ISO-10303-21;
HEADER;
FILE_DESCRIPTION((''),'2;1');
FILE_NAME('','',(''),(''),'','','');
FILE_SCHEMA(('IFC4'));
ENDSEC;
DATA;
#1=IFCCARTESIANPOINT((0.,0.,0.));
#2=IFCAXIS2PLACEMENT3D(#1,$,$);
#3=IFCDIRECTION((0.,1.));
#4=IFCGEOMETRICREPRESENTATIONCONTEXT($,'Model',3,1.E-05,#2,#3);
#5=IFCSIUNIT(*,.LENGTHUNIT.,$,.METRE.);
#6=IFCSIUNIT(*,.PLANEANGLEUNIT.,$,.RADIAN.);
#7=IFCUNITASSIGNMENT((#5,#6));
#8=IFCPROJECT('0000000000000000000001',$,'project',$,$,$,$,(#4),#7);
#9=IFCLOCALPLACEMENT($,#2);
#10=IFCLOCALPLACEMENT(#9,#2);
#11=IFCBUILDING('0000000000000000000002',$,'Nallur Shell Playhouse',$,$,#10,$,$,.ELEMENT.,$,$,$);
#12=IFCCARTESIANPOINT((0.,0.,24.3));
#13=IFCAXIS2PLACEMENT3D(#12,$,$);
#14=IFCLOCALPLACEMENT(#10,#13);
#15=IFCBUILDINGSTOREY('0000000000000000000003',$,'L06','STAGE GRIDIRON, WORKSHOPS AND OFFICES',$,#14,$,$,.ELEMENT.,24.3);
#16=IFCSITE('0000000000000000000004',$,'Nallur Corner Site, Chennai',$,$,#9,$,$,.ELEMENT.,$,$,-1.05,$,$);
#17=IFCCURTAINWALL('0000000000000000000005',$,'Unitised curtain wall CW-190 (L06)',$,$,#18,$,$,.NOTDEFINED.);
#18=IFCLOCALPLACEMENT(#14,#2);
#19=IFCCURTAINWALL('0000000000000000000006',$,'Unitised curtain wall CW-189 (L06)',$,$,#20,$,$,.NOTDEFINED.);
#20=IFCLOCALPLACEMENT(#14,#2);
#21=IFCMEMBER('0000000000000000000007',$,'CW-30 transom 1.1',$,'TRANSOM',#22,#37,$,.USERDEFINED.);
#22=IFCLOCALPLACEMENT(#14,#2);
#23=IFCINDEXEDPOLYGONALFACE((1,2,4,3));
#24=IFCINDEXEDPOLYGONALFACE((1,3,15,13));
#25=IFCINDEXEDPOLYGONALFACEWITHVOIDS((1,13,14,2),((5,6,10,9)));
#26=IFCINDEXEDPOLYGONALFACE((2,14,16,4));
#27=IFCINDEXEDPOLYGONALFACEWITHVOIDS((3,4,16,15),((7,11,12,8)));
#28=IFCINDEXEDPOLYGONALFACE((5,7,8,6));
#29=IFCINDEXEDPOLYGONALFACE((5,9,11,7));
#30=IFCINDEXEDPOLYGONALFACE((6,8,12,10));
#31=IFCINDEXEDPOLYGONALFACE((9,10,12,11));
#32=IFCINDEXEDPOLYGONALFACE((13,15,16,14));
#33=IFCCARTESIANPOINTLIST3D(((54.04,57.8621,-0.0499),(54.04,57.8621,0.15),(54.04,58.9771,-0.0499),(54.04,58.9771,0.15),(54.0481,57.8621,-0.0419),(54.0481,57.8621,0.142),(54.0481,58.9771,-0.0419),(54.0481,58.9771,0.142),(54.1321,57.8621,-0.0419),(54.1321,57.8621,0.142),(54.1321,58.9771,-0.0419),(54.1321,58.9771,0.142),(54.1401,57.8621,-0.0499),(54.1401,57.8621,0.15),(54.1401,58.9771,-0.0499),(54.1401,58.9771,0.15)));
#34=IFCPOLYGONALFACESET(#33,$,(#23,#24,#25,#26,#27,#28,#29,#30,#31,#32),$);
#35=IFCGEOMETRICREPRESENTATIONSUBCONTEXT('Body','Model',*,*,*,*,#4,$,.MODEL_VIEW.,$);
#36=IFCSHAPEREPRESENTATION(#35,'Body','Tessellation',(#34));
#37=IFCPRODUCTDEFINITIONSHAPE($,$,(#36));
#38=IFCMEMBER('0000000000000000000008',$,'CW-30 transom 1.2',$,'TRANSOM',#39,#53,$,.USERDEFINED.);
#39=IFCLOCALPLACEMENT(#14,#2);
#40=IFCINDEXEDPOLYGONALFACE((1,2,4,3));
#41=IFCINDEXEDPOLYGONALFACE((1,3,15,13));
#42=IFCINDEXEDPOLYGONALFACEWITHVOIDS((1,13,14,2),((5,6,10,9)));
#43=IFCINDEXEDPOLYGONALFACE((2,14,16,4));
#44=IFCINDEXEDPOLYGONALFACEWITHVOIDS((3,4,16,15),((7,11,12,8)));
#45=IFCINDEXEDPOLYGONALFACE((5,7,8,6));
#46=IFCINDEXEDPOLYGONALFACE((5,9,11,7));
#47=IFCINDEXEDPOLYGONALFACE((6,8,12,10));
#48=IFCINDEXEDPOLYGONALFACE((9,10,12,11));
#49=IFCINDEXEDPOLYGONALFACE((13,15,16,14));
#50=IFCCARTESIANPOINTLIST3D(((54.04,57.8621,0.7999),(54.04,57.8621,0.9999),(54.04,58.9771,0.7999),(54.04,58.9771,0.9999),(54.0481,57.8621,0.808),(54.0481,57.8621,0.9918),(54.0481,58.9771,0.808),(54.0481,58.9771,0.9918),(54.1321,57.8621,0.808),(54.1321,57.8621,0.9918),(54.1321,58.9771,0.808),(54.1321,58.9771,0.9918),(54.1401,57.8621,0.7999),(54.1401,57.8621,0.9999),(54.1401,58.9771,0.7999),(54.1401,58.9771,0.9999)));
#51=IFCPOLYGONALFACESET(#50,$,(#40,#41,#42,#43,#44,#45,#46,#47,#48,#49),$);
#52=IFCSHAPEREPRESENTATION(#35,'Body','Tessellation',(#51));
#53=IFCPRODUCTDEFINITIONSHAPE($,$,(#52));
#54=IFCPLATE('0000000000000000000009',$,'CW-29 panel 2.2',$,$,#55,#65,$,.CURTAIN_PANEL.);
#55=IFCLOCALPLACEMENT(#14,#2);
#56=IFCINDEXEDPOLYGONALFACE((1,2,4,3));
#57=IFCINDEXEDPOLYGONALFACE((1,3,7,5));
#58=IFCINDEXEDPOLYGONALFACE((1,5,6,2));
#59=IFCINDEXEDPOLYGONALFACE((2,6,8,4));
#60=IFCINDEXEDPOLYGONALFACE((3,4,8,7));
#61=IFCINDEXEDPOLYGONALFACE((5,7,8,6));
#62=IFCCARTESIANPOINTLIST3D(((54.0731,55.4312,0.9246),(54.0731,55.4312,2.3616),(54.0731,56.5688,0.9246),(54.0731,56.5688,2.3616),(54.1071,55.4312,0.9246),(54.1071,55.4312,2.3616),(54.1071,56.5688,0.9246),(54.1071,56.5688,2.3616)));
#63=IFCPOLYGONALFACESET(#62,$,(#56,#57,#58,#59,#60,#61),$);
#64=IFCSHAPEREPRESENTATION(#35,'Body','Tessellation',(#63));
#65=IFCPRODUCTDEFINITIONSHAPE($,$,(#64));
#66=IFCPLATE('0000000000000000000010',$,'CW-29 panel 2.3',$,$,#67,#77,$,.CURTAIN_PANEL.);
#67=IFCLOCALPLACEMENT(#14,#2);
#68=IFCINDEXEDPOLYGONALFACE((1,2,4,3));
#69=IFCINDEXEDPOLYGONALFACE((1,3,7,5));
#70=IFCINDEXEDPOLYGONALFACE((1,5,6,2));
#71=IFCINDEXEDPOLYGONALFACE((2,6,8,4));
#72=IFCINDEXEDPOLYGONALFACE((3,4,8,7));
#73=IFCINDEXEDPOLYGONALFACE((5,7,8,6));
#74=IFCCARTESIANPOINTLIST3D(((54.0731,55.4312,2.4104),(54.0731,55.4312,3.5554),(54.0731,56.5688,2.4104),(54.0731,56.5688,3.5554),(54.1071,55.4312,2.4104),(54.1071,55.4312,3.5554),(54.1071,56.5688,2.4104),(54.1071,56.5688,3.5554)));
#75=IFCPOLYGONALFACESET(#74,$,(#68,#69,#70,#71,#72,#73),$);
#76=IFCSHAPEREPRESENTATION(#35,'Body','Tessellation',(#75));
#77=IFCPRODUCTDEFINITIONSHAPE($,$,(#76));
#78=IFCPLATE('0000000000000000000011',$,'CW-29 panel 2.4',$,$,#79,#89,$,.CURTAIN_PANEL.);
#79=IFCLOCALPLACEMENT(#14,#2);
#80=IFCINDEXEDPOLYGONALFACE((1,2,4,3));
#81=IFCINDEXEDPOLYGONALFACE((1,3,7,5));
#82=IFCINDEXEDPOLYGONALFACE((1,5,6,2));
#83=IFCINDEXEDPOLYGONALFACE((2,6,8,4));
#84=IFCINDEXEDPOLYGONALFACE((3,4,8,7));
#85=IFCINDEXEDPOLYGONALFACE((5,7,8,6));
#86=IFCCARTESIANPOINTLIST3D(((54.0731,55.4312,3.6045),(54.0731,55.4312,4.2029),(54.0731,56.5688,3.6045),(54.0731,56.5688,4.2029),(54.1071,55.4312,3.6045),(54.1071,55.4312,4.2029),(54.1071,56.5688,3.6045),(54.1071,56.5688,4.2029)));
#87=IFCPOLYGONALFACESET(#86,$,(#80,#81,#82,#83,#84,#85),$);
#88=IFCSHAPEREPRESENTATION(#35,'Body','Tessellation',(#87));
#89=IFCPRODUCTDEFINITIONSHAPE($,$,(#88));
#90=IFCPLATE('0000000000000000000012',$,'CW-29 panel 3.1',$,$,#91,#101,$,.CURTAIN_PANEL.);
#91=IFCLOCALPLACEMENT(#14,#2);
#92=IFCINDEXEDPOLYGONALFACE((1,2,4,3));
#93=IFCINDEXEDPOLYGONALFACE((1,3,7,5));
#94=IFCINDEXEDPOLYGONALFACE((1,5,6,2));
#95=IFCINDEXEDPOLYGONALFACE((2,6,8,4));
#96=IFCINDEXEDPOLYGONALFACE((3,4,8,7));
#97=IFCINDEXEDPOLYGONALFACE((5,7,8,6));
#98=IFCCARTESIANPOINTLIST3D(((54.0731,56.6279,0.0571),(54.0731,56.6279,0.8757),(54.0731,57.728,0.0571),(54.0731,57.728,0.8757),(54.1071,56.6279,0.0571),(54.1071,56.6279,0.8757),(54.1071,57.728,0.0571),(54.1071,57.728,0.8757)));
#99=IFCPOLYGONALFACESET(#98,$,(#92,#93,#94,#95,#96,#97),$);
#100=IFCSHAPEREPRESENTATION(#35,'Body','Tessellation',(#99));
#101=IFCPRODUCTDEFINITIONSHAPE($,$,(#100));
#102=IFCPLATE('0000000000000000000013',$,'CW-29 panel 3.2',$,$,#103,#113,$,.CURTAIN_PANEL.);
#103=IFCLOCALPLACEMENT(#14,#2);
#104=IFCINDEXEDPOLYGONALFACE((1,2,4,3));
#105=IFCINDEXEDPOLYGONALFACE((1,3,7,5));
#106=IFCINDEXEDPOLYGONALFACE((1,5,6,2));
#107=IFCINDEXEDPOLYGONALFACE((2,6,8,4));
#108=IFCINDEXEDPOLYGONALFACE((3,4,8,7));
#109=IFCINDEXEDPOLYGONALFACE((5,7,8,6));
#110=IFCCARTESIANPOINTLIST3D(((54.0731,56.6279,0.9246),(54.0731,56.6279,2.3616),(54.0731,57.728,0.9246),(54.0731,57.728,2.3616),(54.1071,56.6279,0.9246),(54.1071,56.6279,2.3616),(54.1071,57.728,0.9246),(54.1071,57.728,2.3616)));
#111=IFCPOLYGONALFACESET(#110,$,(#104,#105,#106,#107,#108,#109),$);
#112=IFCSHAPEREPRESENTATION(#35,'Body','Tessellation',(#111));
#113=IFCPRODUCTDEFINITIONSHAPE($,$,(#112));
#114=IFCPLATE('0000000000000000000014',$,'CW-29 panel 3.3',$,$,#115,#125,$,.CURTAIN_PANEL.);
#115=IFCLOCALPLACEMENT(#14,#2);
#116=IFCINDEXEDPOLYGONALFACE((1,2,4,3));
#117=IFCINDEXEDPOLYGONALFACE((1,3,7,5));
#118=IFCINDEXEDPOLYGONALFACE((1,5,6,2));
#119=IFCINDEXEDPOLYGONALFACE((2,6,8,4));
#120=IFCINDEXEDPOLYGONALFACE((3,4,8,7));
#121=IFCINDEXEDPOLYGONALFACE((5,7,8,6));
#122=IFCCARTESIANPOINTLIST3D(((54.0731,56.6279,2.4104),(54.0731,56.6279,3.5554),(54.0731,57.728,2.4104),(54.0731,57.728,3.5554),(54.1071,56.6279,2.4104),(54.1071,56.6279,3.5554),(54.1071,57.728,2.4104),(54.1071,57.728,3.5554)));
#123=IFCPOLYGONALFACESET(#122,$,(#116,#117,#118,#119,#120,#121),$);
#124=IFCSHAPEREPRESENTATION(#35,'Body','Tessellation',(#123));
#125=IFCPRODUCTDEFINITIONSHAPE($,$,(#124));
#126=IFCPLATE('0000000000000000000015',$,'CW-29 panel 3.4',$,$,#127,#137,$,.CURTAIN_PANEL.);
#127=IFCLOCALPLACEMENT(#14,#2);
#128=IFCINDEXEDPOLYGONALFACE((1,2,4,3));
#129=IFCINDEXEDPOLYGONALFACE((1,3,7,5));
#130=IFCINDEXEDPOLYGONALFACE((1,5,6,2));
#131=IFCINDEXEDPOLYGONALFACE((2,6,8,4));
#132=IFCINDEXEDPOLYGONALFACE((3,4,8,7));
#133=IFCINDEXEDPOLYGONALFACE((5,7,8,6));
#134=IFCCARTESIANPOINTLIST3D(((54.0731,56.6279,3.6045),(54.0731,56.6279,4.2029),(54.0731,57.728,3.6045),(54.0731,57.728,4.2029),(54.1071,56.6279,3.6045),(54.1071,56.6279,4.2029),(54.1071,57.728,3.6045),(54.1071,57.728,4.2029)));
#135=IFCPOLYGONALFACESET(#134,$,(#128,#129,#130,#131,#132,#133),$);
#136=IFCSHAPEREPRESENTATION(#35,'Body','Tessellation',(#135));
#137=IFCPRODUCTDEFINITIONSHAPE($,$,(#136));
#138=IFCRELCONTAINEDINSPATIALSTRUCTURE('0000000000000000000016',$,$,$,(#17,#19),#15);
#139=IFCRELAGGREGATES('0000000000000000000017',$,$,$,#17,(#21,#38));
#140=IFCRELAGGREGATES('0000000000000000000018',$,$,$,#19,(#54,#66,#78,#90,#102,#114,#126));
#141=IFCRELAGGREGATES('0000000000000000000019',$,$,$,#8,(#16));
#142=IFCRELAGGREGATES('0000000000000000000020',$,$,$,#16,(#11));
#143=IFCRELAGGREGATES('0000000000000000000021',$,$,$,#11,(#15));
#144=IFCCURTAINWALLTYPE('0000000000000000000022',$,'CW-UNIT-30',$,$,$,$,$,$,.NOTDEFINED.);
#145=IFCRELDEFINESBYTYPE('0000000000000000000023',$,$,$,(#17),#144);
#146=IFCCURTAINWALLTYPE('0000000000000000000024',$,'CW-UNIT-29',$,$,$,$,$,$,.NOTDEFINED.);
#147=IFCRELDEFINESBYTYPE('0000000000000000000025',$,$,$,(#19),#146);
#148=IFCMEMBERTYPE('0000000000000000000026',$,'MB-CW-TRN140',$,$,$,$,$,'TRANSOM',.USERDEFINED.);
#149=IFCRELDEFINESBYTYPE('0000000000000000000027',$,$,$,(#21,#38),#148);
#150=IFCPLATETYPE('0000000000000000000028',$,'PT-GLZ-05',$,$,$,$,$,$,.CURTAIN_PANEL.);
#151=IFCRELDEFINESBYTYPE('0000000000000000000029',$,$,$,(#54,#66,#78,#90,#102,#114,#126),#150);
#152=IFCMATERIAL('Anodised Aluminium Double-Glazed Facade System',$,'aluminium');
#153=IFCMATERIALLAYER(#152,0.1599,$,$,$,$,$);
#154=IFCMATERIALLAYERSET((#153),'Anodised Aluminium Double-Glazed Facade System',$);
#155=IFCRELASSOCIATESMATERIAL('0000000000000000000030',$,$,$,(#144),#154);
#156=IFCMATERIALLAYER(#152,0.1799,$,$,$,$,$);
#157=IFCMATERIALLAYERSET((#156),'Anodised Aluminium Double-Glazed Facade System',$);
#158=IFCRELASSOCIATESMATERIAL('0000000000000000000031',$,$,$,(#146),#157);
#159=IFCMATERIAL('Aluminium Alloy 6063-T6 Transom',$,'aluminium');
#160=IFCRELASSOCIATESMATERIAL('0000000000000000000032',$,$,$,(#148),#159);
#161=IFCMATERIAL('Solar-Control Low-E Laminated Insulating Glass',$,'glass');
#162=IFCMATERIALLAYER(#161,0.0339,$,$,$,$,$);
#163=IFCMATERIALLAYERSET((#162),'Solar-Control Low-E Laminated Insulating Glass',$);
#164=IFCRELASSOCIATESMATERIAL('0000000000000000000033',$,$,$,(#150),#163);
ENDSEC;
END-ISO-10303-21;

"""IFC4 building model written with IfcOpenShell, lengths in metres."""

from ifc_helpers import new_model, si_unit, direction, frame, origin, origin_2d, place, context, subcontext, project, spatial, rectangle, hollow_rectangle, extrude, material, layer, layer_set, material_profile, profile_set, type_object, element, aggregate, save


model = new_model("IFC4")

# Units and contexts
model_context = context("Model", 3, precision=1e-05, world=origin(), true_north=direction((0.0, 1.0)))
body_context = subcontext(model_context, "Body", "Model", "MODEL_VIEW")
ifc_project = project(units=[si_unit("LENGTHUNIT", "METRE"), si_unit("PLANEANGLEUNIT", "RADIAN")], contexts=[model_context])

# Site, building, storey
site_placement = place(None, origin())
site = spatial("IfcSite", under=ifc_project, at=site_placement, Name="Nallur Corner Site, Chennai", CompositionType="ELEMENT", RefElevation=-1.05)
building_placement = place(site_placement, origin())
building = spatial("IfcBuilding", under=site, at=building_placement, Name="Nallur Shell Playhouse", CompositionType="ELEMENT")
storey_placement = place(building_placement, frame((0.0, 0.0, 24.3)))
storey = spatial("IfcBuildingStorey", under=building, at=storey_placement, Name="L06", Description="STAGE GRIDIRON, WORKSHOPS AND OFFICES", CompositionType="ELEMENT", Elevation=24.3)

# Curtain wall
ifc_material_1 = material(Name="Anodised Aluminium Double-Glazed Facade System", Category="aluminium")
ifc_layer_1 = layer(ifc_material_1, 0.1599)
ifc_layer_set_1 = layer_set([ifc_layer_1], Name="Anodised Aluminium Double-Glazed Facade System")
curtain_wall_type_1 = type_object("IfcCurtainWallType", Name="CW-UNIT-30", PredefinedType="NOTDEFINED", material=ifc_layer_set_1)
curtain_wall_1_placement = place(storey_placement, origin())
curtain_wall_1 = element("IfcCurtainWall", 1, at=curtain_wall_1_placement, inside=storey, type_object=curtain_wall_type_1, Name="Unitised curtain wall CW-190 (L06)", PredefinedType="NOTDEFINED")

# Curtain wall
ifc_layer_2 = layer(ifc_material_1, 0.1799)
ifc_layer_set_2 = layer_set([ifc_layer_2], Name="Anodised Aluminium Double-Glazed Facade System")
curtain_wall_type_2 = type_object("IfcCurtainWallType", Name="CW-UNIT-29", PredefinedType="NOTDEFINED", material=ifc_layer_set_2)
curtain_wall_2_placement = place(storey_placement, origin())
curtain_wall_2 = element("IfcCurtainWall", 2, at=curtain_wall_2_placement, inside=storey, type_object=curtain_wall_type_2, Name="Unitised curtain wall CW-189 (L06)", PredefinedType="NOTDEFINED")
ifc_material_2 = material(Name="Aluminium Alloy 6063-T6 Transom", Category="aluminium")

# Members
ifc_material_profile_1 = material_profile(ifc_material_2, hollow_rectangle(XDim=0.1001, YDim=0.2, WallThickness=0.0081, at=origin_2d()), Name="RHS 200x100x8")
ifc_profile_set_1 = profile_set([ifc_material_profile_1], Name="Aluminium Alloy 6063-T6 Transom")
member_type_1 = type_object("IfcMemberType", Name="MB-CW-TRN140", ElementType="TRANSOM", PredefinedType="USERDEFINED", material=ifc_profile_set_1)
member_1_placement = place(storey_placement, frame((54.0901, 57.8621, 0.05), z_axis=(0.0, 1.0, 0.0), x_axis=(-1.0, 0.0, 0.0)))
member_1 = element("IfcMember", 3, at=member_1_placement, type_object=member_type_1, Name="CW-30 transom 1.1", ObjectType="TRANSOM", PredefinedType="USERDEFINED", context=body_context, shape_type="SweptSolid", body=[
    extrude(hollow_rectangle(XDim=0.1001, YDim=0.2, WallThickness=0.0081, at=origin_2d()), origin(), (0.0, 0.0, 1.0), 1.115),
])
member_2_placement = place(storey_placement, frame((54.0901, 57.8621, 0.8999), z_axis=(0.0, 1.0, 0.0), x_axis=(-1.0, 0.0, 0.0)))
member_2 = element("IfcMember", 4, at=member_2_placement, type_object=member_type_1, Name="CW-30 transom 1.2", ObjectType="TRANSOM", PredefinedType="USERDEFINED", context=body_context, shape_type="SweptSolid", body=[
    extrude(hollow_rectangle(XDim=0.1001, YDim=0.2, WallThickness=0.0081, at=origin_2d()), origin(), (0.0, 0.0, 1.0), 1.115),
])
aggregate(curtain_wall_1, [member_1, member_2])

# Plates
ifc_material_3 = material(Name="Solar-Control Low-E Laminated Insulating Glass", Category="glass")
ifc_layer_3 = layer(ifc_material_3, 0.0339)
ifc_layer_set_3 = layer_set([ifc_layer_3], Name="Solar-Control Low-E Laminated Insulating Glass")
plate_type = type_object("IfcPlateType", Name="PT-GLZ-05", PredefinedType="CURTAIN_PANEL", material=ifc_layer_set_3)
plate_1_placement = place(storey_placement, frame((54.0901, 56.0, 0.9246), z_axis=(0.0, 0.0, 1.0), x_axis=(0.0, 1.0, 0.0)))
plate_1 = element("IfcPlate", 5, at=plate_1_placement, type_object=plate_type, Name="CW-29 panel 2.2", PredefinedType="CURTAIN_PANEL", context=body_context, shape_type="SweptSolid", body=[
    extrude(rectangle(XDim=1.1377, YDim=0.0339, at=origin_2d()), origin(), (0.0, 0.0, 1.0), 1.437),
])
plate_2_placement = place(storey_placement, frame((54.0901, 56.0, 2.4104), z_axis=(0.0, 0.0, 1.0), x_axis=(0.0, 1.0, 0.0)))
plate_2 = element("IfcPlate", 6, at=plate_2_placement, type_object=plate_type, Name="CW-29 panel 2.3", PredefinedType="CURTAIN_PANEL", context=body_context, shape_type="SweptSolid", body=[
    extrude(rectangle(XDim=1.1377, YDim=0.0339, at=origin_2d()), origin(), (0.0, 0.0, 1.0), 1.145),
])
plate_3_placement = place(storey_placement, frame((54.0901, 56.0, 3.6045), z_axis=(0.0, 0.0, 1.0), x_axis=(0.0, 1.0, 0.0)))
plate_3 = element("IfcPlate", 7, at=plate_3_placement, type_object=plate_type, Name="CW-29 panel 2.4", PredefinedType="CURTAIN_PANEL", context=body_context, shape_type="SweptSolid", body=[
    extrude(rectangle(XDim=1.1377, YDim=0.0339, at=origin_2d()), origin(), (0.0, 0.0, 1.0), 0.5984),
])
plate_4_placement = place(storey_placement, frame((54.0901, 57.178, 0.0571), z_axis=(0.0, 0.0, 1.0), x_axis=(0.0, 1.0, 0.0)))
plate_4 = element("IfcPlate", 8, at=plate_4_placement, type_object=plate_type, Name="CW-29 panel 3.1", PredefinedType="CURTAIN_PANEL", context=body_context, shape_type="SweptSolid", body=[
    extrude(rectangle(XDim=1.1001, YDim=0.0339, at=origin_2d()), origin(), (0.0, 0.0, 1.0), 0.8186),
])
plate_5_placement = place(storey_placement, frame((54.0901, 57.178, 0.9246), z_axis=(0.0, 0.0, 1.0), x_axis=(0.0, 1.0, 0.0)))
plate_5 = element("IfcPlate", 9, at=plate_5_placement, type_object=plate_type, Name="CW-29 panel 3.2", PredefinedType="CURTAIN_PANEL", context=body_context, shape_type="SweptSolid", body=[
    extrude(rectangle(XDim=1.1001, YDim=0.0339, at=origin_2d()), origin(), (0.0, 0.0, 1.0), 1.437),
])
plate_6_placement = place(storey_placement, frame((54.0901, 57.178, 2.4104), z_axis=(0.0, 0.0, 1.0), x_axis=(0.0, 1.0, 0.0)))
plate_6 = element("IfcPlate", 10, at=plate_6_placement, type_object=plate_type, Name="CW-29 panel 3.3", PredefinedType="CURTAIN_PANEL", context=body_context, shape_type="SweptSolid", body=[
    extrude(rectangle(XDim=1.1001, YDim=0.0339, at=origin_2d()), origin(), (0.0, 0.0, 1.0), 1.145),
])
plate_7_placement = place(storey_placement, frame((54.0901, 57.178, 3.6045), z_axis=(0.0, 0.0, 1.0), x_axis=(0.0, 1.0, 0.0)))
plate_7 = element("IfcPlate", 11, at=plate_7_placement, type_object=plate_type, Name="CW-29 panel 3.4", PredefinedType="CURTAIN_PANEL", context=body_context, shape_type="SweptSolid", body=[
    extrude(rectangle(XDim=1.1001, YDim=0.0339, at=origin_2d()), origin(), (0.0, 0.0, 1.0), 0.5984),
])
aggregate(curtain_wall_2, [plate_1, plate_2, plate_3, plate_4, plate_5, plate_6, plate_7])

save(model, "model.ifc")
